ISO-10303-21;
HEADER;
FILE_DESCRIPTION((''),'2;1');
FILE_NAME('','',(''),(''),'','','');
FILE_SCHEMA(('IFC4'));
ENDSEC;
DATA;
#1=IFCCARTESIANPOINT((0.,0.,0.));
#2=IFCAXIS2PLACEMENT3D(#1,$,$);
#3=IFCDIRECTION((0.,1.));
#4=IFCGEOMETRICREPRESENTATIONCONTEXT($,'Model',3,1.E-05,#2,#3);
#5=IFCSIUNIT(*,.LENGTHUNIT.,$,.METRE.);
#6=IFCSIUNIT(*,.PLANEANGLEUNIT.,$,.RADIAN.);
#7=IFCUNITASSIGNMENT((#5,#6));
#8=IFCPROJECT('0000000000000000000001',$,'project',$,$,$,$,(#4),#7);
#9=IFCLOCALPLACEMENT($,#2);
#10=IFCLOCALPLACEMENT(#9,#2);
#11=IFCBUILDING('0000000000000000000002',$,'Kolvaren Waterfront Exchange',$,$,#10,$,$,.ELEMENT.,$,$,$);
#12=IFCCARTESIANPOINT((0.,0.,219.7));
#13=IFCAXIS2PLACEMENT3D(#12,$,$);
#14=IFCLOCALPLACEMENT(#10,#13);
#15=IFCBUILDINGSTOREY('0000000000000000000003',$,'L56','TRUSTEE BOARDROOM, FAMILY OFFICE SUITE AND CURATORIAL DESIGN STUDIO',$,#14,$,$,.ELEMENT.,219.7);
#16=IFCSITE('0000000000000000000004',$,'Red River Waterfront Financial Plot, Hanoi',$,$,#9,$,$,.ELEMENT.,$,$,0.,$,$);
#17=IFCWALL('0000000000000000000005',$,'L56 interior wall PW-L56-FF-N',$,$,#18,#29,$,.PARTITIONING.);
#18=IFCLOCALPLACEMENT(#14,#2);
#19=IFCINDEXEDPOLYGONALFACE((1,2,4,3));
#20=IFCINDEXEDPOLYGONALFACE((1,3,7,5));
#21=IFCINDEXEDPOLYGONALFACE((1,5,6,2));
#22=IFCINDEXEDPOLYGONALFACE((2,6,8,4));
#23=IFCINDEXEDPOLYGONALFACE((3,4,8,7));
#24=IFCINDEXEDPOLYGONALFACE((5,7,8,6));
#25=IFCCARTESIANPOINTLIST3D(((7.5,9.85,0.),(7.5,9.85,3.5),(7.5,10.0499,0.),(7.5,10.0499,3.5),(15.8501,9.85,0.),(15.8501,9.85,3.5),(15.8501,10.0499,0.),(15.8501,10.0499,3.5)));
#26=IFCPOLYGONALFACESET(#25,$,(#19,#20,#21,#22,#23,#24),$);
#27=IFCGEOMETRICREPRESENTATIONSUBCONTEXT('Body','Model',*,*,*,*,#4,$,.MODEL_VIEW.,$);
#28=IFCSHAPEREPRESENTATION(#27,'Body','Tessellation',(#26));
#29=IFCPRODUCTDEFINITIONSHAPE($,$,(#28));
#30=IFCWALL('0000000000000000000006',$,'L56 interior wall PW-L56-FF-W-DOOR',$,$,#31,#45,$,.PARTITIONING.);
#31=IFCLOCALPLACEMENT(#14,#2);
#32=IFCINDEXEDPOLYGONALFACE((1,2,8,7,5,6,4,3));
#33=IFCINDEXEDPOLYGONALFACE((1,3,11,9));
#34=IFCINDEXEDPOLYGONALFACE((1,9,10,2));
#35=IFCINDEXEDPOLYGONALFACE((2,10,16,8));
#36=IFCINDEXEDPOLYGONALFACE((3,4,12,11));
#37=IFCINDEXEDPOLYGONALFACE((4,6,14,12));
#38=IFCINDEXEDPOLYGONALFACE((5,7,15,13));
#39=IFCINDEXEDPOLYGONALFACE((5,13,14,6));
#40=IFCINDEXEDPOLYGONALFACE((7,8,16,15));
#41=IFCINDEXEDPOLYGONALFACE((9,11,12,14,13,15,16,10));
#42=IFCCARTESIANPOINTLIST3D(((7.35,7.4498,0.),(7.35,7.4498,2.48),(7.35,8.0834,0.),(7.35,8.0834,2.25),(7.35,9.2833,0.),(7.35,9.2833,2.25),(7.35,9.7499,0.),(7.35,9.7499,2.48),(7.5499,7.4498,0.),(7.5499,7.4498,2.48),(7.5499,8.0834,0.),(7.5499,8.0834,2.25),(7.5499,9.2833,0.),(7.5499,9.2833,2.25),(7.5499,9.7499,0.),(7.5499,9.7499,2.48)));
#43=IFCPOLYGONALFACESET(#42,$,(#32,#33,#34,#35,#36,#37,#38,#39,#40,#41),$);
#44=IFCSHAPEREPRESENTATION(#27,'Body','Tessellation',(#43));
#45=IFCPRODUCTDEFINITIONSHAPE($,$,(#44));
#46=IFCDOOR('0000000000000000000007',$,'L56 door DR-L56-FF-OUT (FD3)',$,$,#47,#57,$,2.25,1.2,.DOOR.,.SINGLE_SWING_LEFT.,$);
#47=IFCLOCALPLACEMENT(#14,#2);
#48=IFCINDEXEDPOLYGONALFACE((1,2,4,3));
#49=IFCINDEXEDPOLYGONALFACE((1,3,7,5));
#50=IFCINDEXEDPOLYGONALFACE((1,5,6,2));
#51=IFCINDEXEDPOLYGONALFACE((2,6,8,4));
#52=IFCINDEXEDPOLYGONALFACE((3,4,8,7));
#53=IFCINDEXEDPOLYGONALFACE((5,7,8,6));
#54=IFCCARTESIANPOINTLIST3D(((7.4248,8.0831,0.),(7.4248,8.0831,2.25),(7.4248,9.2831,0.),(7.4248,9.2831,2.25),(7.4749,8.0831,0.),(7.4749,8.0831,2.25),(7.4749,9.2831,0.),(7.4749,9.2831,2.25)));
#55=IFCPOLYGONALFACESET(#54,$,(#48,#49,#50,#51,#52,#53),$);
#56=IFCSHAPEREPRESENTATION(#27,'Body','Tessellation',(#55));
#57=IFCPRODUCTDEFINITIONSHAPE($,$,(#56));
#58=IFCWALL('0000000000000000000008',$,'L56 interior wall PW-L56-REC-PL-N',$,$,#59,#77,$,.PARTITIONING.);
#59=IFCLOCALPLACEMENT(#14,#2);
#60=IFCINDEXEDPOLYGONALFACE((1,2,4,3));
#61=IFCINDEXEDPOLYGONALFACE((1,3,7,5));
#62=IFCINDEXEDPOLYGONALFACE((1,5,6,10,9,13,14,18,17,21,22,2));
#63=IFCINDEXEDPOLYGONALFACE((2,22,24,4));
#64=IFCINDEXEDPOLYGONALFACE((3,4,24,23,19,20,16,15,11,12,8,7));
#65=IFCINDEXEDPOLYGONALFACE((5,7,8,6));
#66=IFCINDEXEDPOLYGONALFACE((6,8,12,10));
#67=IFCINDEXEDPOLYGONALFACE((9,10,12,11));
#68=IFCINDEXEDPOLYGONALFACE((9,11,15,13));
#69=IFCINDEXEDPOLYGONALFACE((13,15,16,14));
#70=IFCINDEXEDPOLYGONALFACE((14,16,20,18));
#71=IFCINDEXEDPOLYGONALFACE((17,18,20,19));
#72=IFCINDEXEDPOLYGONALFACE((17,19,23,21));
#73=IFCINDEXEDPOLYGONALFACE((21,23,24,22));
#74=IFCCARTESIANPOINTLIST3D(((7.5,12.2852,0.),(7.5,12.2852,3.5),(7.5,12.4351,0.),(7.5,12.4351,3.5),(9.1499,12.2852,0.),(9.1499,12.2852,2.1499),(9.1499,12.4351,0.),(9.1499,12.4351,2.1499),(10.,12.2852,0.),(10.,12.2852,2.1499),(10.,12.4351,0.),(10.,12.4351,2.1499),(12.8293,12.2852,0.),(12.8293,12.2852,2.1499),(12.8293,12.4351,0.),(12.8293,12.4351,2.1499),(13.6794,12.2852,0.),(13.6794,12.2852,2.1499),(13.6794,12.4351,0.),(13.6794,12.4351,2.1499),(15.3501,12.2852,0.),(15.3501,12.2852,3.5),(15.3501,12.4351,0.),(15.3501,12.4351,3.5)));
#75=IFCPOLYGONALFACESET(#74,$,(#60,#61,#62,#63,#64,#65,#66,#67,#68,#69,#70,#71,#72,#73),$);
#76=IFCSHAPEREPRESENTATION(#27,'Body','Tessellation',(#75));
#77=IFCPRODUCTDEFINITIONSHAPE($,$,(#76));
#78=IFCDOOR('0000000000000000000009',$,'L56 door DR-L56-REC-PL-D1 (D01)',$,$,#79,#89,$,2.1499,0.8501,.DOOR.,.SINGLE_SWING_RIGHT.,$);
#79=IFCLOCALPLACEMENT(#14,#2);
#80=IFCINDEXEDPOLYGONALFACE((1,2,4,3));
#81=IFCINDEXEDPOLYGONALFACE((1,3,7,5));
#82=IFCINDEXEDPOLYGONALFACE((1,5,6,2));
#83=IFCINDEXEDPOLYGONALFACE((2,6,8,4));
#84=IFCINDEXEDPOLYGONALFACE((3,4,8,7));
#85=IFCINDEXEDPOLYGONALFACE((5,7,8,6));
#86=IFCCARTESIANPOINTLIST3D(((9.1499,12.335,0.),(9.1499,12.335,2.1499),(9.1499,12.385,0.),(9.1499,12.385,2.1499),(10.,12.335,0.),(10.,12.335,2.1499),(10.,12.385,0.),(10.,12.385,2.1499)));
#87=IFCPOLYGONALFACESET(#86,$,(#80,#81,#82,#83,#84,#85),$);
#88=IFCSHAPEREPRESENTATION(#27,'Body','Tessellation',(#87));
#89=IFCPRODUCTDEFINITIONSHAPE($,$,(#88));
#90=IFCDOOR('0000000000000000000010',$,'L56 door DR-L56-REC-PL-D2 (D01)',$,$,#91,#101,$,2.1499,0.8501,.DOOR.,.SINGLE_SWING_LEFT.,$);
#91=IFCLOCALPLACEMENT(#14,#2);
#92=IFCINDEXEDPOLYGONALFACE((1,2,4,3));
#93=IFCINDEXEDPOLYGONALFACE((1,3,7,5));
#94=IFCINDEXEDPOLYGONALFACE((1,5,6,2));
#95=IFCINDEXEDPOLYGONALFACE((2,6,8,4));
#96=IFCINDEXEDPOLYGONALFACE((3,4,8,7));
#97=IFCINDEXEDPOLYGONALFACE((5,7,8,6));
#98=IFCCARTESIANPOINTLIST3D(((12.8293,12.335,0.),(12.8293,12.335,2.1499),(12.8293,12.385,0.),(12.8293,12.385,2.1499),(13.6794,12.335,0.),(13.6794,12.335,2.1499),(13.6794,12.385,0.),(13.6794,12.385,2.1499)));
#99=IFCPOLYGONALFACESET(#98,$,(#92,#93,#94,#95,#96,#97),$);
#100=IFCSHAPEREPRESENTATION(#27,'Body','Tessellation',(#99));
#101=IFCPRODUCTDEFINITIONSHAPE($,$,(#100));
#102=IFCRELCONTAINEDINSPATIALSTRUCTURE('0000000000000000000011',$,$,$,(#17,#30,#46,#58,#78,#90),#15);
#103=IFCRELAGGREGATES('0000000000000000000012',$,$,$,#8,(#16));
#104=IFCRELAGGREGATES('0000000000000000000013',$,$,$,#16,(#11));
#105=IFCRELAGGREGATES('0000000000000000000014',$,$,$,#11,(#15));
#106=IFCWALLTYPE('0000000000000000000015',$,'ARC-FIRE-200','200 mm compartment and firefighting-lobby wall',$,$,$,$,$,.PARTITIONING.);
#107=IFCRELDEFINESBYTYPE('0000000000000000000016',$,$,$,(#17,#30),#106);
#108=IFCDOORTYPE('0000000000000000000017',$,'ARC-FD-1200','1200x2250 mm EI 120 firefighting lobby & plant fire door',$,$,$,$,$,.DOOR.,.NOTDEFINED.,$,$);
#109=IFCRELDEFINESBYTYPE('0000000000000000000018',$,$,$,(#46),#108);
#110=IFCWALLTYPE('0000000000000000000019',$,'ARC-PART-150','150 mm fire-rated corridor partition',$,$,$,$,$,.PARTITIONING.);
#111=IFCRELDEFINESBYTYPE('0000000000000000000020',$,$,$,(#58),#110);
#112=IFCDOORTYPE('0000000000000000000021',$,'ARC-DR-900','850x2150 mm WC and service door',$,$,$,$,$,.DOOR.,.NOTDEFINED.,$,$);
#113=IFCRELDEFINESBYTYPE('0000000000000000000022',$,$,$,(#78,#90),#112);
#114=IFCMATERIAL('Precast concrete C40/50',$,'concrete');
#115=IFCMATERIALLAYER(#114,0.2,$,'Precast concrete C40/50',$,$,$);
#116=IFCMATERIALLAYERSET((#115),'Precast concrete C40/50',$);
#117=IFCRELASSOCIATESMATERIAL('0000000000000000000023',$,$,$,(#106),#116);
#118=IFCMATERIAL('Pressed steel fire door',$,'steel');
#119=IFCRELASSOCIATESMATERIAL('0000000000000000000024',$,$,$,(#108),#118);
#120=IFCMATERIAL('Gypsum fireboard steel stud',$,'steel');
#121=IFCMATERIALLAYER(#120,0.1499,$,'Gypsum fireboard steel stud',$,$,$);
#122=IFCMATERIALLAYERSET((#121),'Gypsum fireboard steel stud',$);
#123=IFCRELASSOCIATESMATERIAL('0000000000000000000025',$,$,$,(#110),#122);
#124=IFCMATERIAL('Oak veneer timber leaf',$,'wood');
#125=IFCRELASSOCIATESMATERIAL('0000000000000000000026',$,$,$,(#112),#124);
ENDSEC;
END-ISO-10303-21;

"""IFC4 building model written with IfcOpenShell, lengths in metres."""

from ifc_helpers import new_model, si_unit, direction, frame, frame_2d, origin, place, context, subcontext, project, spatial, rectangle, extrude, material, layer, layer_set, type_object, element, fill, save


model = new_model("IFC4")

# Units and contexts
model_context = context("Model", 3, precision=1e-05, world=origin(), true_north=direction((0.0, 1.0)))
body_context = subcontext(model_context, "Body", "Model", "MODEL_VIEW")
ifc_project = project(units=[si_unit("LENGTHUNIT", "METRE"), si_unit("PLANEANGLEUNIT", "RADIAN")], contexts=[model_context])

# Site, building, storey
site_placement = place(None, origin())
site = spatial("IfcSite", under=ifc_project, at=site_placement, Name="Red River Waterfront Financial Plot, Hanoi", CompositionType="ELEMENT", RefElevation=0.0)
building_placement = place(site_placement, origin())
building = spatial("IfcBuilding", under=site, at=building_placement, Name="Kolvaren Waterfront Exchange", CompositionType="ELEMENT")
storey_placement = place(building_placement, frame((0.0, 0.0, 219.7)))
storey = spatial("IfcBuildingStorey", under=building, at=storey_placement, Name="L56", Description="TRUSTEE BOARDROOM, FAMILY OFFICE SUITE AND CURATORIAL DESIGN STUDIO", CompositionType="ELEMENT", Elevation=219.7)

# Wall
ifc_material_1 = material(Name="Precast concrete C40/50", Category="concrete")
ifc_layer_1 = layer(ifc_material_1, 0.2, Name="Precast concrete C40/50")
ifc_layer_set_1 = layer_set([ifc_layer_1], Name="Precast concrete C40/50")
wall_type_1 = type_object("IfcWallType", Name="ARC-FIRE-200", Description="200 mm compartment and firefighting-lobby wall", PredefinedType="PARTITIONING", material=ifc_layer_set_1)
wall_1_placement = place(storey_placement, frame((7.5, 9.95, 0.0), z_axis=(0.0, 0.0, 1.0), x_axis=(1.0, 0.0, 0.0)))
element("IfcWall", 1, at=wall_1_placement, inside=storey, type_object=wall_type_1, Name="L56 interior wall PW-L56-FF-N", PredefinedType="PARTITIONING", context=body_context, shape_type="SweptSolid", body=[
    extrude(rectangle(XDim=8.3501, YDim=0.2, at=frame_2d((4.175, 0.0))), origin(), (0.0, 0.0, 1.0), 3.5),
])

# Wall, opening, door
wall_2_placement = place(storey_placement, frame((7.45, 7.45, 0.0), z_axis=(0.0, 0.0, 1.0), x_axis=(0.0, 1.0, 0.0)))
wall_2 = element("IfcWall", 2, at=wall_2_placement, inside=storey, type_object=wall_type_1, Name="L56 interior wall PW-L56-FF-W-DOOR", PredefinedType="PARTITIONING", context=body_context, shape_type="SweptSolid", body=[
    extrude(rectangle(XDim=2.3, YDim=0.2, at=frame_2d((1.1499, 0.0))), origin(), (0.0, 0.0, 1.0), 2.48),
])
opening_1_placement = place(wall_2_placement, frame((0.6333, 0.0, 0.0)))
opening_1 = element("IfcOpeningElement", 3, at=opening_1_placement, cuts=wall_2, PredefinedType="OPENING", context=body_context, shape_type="SweptSolid", body=[
    extrude(rectangle(XDim=1.2, YDim=2.25, at=frame_2d((0.6001, 1.125))), frame((0.0, 0.1099, 0.0), z_axis=(0.0, -1.0, 0.0), x_axis=(1.0, 0.0, 0.0)), (0.0, 0.0, 1.0), 0.22),
])
ifc_material_2 = material(Name="Pressed steel fire door", Category="steel")
door_type_1 = type_object("IfcDoorType", Name="ARC-FD-1200", Description="1200x2250 mm EI 120 firefighting lobby & plant fire door", OperationType="NOTDEFINED", PredefinedType="DOOR", material=ifc_material_2)
door_1_placement = place(opening_1_placement, frame((1.2, 0.0, 0.0), z_axis=(0.0, 0.0, 1.0), x_axis=(-1.0, 0.0, 0.0)))
door_1 = element("IfcDoor", 4, at=door_1_placement, inside=storey, type_object=door_type_1, Name="L56 door DR-L56-FF-OUT (FD3)", OperationType="SINGLE_SWING_LEFT", OverallHeight=2.25, OverallWidth=1.2, PredefinedType="DOOR", context=body_context, shape_type="SweptSolid", body=[
    extrude(rectangle(XDim=1.2, YDim=2.25, at=frame_2d((0.6001, 1.125))), frame((0.0, 0.0249, 0.0), z_axis=(0.0, -1.0, 0.0), x_axis=(1.0, 0.0, 0.0)), (0.0, 0.0, 1.0), 0.05),
])
fill(opening_1, door_1)

# Wall, openings, doors
ifc_material_3 = material(Name="Gypsum fireboard steel stud", Category="steel")
ifc_layer_2 = layer(ifc_material_3, 0.1499, Name="Gypsum fireboard steel stud")
ifc_layer_set_2 = layer_set([ifc_layer_2], Name="Gypsum fireboard steel stud")
wall_type_2 = type_object("IfcWallType", Name="ARC-PART-150", Description="150 mm fire-rated corridor partition", PredefinedType="PARTITIONING", material=ifc_layer_set_2)
wall_3_placement = place(storey_placement, frame((7.5, 12.3601, 0.0), z_axis=(0.0, 0.0, 1.0), x_axis=(1.0, 0.0, 0.0)))
wall_3 = element("IfcWall", 5, at=wall_3_placement, inside=storey, type_object=wall_type_2, Name="L56 interior wall PW-L56-REC-PL-N", PredefinedType="PARTITIONING", context=body_context, shape_type="SweptSolid", body=[
    extrude(rectangle(XDim=7.8501, YDim=0.1499, at=frame_2d((3.925, 0.0))), origin(), (0.0, 0.0, 1.0), 3.5),
])
opening_2_placement = place(wall_3_placement, frame((1.6499, 0.0, 0.0)))
opening_2 = element("IfcOpeningElement", 6, at=opening_2_placement, cuts=wall_3, PredefinedType="OPENING", context=body_context, shape_type="SweptSolid", body=[
    extrude(rectangle(XDim=0.8501, YDim=2.1499, at=frame_2d((0.425, 1.075))), frame((0.0, 0.085, 0.0), z_axis=(0.0, -1.0, 0.0), x_axis=(1.0, 0.0, 0.0)), (0.0, 0.0, 1.0), 0.1699),
])
opening_3_placement = place(wall_3_placement, frame((5.3293, 0.0, 0.0)))
opening_3 = element("IfcOpeningElement", 7, at=opening_3_placement, cuts=wall_3, PredefinedType="OPENING", context=body_context, shape_type="SweptSolid", body=[
    extrude(rectangle(XDim=0.8501, YDim=2.1499, at=frame_2d((0.425, 1.075))), frame((0.0, 0.085, 0.0), z_axis=(0.0, -1.0, 0.0), x_axis=(1.0, 0.0, 0.0)), (0.0, 0.0, 1.0), 0.1699),
])
ifc_material_4 = material(Name="Oak veneer timber leaf", Category="wood")
door_type_2 = type_object("IfcDoorType", Name="ARC-DR-900", Description="850x2150 mm WC and service door", OperationType="NOTDEFINED", PredefinedType="DOOR", material=ifc_material_4)
door_2_placement = place(opening_2_placement, origin())
door_2 = element("IfcDoor", 8, at=door_2_placement, inside=storey, type_object=door_type_2, Name="L56 door DR-L56-REC-PL-D1 (D01)", OperationType="SINGLE_SWING_RIGHT", OverallHeight=2.1499, OverallWidth=0.8501, PredefinedType="DOOR", context=body_context, shape_type="SweptSolid", body=[
    extrude(rectangle(XDim=0.8501, YDim=2.1499, at=frame_2d((0.425, 1.075))), frame((0.0, 0.0249, 0.0), z_axis=(0.0, -1.0, 0.0), x_axis=(1.0, 0.0, 0.0)), (0.0, 0.0, 1.0), 0.05),
])
fill(opening_2, door_2)
door_3_placement = place(opening_3_placement, origin())
door_3 = element("IfcDoor", 9, at=door_3_placement, inside=storey, type_object=door_type_2, Name="L56 door DR-L56-REC-PL-D2 (D01)", OperationType="SINGLE_SWING_LEFT", OverallHeight=2.1499, OverallWidth=0.8501, PredefinedType="DOOR", context=body_context, shape_type="SweptSolid", body=[
    extrude(rectangle(XDim=0.8501, YDim=2.1499, at=frame_2d((0.425, 1.075))), frame((0.0, 0.0249, 0.0), z_axis=(0.0, -1.0, 0.0), x_axis=(1.0, 0.0, 0.0)), (0.0, 0.0, 1.0), 0.05),
])
fill(opening_3, door_3)

save(model, "model.ifc")
